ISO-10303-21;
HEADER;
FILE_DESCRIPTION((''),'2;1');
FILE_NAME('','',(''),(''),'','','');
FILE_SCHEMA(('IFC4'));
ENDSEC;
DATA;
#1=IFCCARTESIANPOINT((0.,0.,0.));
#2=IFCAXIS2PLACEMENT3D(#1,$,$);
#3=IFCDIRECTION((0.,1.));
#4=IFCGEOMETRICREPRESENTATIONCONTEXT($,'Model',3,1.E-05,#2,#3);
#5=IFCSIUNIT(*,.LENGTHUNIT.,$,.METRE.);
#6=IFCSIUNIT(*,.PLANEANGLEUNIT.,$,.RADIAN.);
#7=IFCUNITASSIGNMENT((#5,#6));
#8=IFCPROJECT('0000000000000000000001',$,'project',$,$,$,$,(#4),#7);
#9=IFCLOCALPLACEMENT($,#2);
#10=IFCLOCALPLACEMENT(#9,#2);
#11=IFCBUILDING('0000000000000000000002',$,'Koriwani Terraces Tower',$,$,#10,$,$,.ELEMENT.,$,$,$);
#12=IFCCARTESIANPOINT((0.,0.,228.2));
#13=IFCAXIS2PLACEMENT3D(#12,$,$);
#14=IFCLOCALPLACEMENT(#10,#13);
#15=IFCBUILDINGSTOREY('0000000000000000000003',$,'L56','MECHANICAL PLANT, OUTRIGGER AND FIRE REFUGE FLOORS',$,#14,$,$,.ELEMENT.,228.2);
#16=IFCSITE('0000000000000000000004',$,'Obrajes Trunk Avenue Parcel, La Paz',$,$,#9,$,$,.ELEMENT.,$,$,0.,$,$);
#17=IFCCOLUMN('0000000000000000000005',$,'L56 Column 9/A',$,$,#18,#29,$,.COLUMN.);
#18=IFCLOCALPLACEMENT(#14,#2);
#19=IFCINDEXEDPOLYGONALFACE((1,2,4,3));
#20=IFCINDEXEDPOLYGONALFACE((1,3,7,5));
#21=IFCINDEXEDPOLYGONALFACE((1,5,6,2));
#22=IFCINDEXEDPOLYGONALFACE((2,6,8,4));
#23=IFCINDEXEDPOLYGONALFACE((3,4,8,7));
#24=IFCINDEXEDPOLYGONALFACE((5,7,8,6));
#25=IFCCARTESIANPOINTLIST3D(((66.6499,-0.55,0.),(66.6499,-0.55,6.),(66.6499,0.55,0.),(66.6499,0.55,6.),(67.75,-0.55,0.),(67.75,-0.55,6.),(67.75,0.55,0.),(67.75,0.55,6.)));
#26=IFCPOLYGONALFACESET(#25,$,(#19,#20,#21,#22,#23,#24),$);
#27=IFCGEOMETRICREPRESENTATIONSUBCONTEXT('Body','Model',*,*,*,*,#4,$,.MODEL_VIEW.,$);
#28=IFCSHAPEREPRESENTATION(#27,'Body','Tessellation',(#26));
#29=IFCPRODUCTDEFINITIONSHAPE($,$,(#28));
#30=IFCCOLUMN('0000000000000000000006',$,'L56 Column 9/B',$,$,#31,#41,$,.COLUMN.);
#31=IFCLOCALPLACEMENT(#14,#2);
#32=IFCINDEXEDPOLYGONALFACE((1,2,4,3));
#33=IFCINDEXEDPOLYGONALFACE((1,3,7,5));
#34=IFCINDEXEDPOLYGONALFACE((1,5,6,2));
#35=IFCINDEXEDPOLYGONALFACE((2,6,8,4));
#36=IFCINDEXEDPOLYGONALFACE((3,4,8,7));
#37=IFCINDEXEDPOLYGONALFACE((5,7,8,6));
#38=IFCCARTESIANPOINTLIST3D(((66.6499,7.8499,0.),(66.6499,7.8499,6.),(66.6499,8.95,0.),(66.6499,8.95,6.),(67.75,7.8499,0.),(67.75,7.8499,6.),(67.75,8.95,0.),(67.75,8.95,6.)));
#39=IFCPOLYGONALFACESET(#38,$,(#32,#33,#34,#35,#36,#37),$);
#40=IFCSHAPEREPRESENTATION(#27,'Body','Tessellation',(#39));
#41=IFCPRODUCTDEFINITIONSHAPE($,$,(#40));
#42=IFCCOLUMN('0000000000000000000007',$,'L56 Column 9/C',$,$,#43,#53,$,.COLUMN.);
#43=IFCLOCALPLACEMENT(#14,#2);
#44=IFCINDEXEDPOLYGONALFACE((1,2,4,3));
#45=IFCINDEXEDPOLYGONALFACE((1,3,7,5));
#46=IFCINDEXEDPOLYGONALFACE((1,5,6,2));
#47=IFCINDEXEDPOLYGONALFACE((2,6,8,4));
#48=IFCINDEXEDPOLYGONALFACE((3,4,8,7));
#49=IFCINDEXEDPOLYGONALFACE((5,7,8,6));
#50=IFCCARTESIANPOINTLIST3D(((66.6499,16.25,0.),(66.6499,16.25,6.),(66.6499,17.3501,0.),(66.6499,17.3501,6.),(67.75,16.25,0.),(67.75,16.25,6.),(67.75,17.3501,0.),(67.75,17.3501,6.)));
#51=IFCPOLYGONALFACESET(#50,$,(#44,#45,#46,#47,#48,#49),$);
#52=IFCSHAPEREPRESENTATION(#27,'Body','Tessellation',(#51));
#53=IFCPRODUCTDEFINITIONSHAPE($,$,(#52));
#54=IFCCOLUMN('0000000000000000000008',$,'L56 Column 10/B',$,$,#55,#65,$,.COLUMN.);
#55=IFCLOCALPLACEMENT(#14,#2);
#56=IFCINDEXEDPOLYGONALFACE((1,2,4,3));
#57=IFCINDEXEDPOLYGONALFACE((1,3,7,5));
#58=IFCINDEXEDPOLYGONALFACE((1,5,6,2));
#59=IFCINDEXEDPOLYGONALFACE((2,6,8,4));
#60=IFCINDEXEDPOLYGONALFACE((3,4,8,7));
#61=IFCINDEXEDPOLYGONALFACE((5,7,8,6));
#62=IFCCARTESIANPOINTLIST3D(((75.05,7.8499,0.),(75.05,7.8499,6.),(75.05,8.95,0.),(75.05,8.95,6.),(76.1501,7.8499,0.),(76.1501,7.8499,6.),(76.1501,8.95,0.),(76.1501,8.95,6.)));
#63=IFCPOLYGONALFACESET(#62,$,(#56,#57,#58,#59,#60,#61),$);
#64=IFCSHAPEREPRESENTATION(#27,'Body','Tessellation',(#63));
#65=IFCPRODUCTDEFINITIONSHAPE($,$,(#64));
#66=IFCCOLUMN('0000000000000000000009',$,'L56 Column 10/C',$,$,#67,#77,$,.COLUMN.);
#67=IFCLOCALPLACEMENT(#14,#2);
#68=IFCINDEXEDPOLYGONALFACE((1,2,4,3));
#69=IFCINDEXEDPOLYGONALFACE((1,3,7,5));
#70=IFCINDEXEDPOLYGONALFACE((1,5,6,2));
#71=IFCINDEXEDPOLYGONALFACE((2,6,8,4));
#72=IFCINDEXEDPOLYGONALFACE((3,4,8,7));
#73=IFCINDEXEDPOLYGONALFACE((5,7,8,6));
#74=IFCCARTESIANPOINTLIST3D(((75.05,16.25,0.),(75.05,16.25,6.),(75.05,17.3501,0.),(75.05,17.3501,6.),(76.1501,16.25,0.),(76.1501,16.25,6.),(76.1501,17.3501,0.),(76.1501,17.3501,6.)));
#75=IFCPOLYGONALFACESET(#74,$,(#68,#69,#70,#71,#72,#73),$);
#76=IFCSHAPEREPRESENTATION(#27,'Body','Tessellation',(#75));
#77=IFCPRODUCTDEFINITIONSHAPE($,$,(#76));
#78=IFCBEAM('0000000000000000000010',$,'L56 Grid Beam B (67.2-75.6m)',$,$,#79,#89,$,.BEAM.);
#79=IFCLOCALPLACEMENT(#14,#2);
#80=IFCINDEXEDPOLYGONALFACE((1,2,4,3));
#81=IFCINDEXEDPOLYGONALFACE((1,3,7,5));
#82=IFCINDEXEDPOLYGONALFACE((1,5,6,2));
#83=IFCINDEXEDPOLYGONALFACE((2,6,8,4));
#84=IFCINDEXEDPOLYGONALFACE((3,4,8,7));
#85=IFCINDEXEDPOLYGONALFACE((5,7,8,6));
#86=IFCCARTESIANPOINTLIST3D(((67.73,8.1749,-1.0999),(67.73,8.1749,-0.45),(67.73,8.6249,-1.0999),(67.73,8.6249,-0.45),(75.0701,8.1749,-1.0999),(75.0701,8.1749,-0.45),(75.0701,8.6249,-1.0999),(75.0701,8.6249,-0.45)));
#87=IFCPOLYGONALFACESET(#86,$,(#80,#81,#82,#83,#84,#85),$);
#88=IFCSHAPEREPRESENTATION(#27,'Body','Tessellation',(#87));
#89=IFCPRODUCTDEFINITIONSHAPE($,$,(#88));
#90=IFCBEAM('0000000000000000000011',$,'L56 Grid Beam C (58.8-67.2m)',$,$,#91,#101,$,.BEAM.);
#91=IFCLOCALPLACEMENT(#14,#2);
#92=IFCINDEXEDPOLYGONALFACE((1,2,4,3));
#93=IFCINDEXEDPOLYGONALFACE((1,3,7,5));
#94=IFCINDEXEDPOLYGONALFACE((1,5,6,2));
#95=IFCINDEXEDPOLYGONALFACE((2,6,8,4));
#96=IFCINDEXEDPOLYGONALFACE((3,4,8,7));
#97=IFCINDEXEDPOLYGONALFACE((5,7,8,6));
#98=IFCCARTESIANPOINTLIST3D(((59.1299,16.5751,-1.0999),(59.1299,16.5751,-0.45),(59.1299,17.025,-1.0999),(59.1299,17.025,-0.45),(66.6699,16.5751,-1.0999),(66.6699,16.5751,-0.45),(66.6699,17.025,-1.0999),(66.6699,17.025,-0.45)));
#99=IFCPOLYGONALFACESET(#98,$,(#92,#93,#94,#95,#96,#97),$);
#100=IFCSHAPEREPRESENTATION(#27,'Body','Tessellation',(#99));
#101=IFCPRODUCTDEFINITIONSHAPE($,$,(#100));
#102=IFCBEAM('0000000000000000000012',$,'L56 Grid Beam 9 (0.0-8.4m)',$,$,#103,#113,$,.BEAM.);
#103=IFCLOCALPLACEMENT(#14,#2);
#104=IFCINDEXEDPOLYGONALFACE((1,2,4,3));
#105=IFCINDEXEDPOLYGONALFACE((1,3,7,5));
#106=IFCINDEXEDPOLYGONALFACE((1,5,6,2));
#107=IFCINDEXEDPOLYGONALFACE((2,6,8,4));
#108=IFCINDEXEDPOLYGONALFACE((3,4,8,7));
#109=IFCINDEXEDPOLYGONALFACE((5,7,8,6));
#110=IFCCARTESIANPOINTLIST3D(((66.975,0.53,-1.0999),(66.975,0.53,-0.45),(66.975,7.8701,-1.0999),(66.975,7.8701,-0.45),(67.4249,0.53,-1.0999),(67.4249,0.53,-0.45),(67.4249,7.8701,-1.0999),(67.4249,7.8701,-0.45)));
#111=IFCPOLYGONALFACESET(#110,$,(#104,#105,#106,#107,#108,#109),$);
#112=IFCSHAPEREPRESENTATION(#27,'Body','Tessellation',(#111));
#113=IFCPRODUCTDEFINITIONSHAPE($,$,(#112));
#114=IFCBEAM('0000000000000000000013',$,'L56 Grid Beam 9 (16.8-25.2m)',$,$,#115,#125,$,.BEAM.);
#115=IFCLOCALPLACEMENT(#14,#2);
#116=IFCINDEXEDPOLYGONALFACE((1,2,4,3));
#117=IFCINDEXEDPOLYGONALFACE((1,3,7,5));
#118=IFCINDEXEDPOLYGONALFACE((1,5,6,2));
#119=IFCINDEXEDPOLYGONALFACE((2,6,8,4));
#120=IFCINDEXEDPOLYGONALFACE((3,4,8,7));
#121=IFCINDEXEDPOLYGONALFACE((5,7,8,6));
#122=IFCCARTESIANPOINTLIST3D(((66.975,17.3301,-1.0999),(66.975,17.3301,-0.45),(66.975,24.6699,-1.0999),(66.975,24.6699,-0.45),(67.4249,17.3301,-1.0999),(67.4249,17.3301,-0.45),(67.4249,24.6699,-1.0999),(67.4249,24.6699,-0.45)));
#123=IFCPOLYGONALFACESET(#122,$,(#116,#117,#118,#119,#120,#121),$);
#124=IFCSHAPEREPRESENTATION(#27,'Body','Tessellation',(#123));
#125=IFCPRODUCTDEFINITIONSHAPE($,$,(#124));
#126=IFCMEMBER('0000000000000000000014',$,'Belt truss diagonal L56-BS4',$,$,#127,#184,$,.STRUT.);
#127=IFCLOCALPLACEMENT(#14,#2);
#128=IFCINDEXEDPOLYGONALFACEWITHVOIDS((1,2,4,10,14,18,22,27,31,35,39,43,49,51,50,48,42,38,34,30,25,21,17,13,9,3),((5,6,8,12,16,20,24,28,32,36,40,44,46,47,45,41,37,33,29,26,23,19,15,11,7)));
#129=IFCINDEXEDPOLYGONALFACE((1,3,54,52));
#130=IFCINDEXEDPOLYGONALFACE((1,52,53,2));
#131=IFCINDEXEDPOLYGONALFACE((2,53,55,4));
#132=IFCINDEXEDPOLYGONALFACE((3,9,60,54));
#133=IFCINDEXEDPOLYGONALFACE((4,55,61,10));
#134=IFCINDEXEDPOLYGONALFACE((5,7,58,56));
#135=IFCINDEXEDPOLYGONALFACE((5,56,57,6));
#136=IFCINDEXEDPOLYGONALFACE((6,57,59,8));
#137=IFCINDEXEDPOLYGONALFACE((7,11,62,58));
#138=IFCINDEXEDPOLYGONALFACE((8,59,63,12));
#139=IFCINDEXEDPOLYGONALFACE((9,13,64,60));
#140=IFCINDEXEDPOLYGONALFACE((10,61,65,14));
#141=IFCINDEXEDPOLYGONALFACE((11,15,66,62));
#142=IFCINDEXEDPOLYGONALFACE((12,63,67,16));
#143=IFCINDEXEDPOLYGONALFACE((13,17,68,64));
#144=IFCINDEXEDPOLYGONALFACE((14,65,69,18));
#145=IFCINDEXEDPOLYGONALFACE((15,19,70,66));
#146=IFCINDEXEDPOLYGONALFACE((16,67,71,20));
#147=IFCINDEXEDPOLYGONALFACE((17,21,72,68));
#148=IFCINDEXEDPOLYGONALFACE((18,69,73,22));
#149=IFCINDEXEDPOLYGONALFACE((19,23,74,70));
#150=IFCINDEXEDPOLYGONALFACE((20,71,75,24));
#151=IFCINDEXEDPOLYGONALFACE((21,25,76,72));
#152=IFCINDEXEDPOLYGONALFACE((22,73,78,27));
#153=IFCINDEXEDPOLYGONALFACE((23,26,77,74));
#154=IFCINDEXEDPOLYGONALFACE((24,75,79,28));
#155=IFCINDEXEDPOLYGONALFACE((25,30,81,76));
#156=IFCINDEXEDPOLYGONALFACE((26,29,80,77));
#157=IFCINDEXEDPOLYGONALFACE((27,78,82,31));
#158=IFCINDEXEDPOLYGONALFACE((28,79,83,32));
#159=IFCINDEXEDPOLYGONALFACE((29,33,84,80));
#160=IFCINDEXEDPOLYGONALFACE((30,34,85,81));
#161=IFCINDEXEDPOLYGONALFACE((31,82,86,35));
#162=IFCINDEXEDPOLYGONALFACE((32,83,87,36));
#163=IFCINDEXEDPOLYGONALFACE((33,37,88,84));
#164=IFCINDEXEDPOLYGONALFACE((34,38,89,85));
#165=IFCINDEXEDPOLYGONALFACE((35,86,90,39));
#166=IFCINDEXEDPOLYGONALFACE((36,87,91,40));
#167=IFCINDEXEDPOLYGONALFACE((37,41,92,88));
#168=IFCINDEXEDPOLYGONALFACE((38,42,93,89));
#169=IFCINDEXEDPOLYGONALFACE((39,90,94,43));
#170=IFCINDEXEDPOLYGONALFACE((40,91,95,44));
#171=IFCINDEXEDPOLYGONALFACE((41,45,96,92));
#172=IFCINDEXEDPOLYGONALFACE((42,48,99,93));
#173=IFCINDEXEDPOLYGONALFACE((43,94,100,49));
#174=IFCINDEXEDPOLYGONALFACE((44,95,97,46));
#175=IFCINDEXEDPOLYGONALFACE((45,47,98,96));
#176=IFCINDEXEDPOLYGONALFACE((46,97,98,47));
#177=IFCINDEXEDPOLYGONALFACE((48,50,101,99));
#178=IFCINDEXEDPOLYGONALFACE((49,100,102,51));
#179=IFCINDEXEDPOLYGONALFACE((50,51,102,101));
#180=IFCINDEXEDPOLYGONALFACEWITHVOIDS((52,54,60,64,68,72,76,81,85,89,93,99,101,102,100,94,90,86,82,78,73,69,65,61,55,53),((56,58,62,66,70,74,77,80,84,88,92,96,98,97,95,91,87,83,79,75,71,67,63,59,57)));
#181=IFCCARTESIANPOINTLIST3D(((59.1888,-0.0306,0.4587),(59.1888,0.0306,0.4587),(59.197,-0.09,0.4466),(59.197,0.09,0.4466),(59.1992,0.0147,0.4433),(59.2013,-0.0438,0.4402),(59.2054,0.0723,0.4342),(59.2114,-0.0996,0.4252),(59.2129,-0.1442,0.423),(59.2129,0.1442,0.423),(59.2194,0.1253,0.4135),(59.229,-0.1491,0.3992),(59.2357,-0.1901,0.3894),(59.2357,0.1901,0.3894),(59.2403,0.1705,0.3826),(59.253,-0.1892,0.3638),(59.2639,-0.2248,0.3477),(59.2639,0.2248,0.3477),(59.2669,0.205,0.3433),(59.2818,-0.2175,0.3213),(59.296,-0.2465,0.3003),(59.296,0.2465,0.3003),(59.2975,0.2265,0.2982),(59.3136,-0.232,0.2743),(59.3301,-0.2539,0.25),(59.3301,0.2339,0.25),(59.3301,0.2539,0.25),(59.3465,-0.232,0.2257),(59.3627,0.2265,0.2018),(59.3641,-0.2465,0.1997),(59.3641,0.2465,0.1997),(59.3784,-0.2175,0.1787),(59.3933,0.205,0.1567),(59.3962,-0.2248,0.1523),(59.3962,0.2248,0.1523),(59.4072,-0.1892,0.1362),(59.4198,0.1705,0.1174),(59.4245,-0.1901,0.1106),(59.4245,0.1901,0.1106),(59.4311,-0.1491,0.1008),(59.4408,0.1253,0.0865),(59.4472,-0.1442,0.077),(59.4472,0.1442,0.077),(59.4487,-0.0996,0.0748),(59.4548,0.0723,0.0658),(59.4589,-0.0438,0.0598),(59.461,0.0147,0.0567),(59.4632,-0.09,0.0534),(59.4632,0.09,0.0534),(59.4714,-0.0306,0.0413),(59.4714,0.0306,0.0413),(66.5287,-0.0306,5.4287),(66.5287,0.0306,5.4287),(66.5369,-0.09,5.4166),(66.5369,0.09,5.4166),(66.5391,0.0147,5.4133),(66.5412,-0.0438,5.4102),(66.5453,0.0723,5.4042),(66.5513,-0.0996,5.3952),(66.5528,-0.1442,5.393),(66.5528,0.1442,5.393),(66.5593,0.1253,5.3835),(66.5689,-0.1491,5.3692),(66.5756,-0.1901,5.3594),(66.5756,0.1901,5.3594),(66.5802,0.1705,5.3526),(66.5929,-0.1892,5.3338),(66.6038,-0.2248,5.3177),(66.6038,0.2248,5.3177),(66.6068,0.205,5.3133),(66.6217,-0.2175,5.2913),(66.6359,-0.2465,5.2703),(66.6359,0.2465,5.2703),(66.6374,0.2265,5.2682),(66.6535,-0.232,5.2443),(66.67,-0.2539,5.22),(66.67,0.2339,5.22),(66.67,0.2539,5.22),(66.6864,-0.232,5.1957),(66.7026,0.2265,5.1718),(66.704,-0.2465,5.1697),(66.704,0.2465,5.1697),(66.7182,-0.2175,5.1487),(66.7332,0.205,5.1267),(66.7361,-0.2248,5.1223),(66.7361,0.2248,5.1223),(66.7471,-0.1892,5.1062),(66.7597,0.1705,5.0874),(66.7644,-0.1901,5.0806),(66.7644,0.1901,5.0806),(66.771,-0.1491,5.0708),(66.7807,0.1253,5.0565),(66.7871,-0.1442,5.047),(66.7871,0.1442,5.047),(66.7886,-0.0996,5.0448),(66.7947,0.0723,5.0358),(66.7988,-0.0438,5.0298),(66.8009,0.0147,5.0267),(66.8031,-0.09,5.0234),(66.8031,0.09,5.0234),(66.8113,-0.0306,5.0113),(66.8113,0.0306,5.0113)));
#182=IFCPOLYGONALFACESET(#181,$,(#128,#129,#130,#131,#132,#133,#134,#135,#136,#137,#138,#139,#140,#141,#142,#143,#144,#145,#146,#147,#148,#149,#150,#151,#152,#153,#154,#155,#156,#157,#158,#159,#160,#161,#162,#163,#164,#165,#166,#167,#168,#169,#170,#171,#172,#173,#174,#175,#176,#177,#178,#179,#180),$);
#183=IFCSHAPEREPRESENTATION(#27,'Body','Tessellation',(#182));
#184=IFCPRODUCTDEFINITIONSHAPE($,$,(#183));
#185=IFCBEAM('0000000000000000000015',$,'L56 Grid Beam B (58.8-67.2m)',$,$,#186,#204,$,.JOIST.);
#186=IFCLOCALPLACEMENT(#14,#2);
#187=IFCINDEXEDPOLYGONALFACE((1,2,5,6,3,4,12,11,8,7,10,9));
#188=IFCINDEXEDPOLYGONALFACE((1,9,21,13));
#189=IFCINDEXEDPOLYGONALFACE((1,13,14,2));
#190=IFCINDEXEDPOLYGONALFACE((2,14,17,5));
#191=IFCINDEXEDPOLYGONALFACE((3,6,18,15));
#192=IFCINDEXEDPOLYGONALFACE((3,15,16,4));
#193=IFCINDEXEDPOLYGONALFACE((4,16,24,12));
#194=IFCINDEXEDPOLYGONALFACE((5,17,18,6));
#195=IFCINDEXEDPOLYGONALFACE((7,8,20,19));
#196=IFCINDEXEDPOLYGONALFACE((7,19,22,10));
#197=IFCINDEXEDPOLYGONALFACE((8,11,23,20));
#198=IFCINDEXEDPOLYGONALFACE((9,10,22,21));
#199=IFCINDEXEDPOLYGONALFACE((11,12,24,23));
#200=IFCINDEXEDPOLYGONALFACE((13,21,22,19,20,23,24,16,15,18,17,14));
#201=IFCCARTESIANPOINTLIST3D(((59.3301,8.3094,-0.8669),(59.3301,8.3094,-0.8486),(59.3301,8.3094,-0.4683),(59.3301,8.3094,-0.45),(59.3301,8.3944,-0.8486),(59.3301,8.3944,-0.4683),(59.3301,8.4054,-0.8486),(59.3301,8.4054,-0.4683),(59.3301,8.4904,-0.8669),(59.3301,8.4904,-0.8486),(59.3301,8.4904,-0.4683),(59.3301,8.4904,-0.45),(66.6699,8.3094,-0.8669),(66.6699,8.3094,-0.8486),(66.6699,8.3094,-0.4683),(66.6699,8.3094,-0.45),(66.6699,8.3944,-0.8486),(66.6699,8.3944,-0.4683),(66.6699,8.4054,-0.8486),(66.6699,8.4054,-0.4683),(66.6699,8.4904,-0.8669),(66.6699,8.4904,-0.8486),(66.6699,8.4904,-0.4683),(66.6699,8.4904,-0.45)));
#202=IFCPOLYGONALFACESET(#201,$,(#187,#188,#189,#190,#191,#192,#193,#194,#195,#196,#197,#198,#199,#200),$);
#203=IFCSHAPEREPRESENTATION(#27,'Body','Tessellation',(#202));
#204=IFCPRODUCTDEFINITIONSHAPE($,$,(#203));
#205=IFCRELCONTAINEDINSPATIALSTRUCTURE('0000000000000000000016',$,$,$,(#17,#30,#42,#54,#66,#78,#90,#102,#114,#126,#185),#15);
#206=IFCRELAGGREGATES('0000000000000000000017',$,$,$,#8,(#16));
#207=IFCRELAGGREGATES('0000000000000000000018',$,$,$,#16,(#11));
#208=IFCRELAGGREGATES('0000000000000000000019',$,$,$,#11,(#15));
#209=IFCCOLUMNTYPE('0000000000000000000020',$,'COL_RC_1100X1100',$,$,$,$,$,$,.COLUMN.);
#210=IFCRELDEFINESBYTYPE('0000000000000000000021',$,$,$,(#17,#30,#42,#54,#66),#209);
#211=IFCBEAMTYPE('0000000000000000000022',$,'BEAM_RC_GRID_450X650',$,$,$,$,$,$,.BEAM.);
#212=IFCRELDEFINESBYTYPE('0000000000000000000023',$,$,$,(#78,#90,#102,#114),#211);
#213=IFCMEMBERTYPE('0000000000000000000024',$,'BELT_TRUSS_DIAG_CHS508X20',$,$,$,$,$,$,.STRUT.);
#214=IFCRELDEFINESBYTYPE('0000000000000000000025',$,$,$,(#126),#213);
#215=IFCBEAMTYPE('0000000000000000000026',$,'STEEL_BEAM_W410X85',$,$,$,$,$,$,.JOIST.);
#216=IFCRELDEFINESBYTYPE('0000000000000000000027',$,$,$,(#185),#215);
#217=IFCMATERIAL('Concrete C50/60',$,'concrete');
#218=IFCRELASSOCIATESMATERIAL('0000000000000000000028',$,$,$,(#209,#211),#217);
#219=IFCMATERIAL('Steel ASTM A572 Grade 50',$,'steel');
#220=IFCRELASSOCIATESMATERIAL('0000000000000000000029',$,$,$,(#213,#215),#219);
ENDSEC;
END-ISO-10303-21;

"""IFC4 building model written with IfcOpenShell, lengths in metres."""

from ifc_helpers import new_model, si_unit, direction, frame, origin, origin_2d, place, context, subcontext, project, spatial, rectangle, hollow_circle, i_section, extrude, material, material_profile, profile_set, type_object, element, save


model = new_model("IFC4")

# Units and contexts
model_context = context("Model", 3, precision=1e-05, world=origin(), true_north=direction((0.0, 1.0)))
body_context = subcontext(model_context, "Body", "Model", "MODEL_VIEW")
ifc_project = project(units=[si_unit("LENGTHUNIT", "METRE"), si_unit("PLANEANGLEUNIT", "RADIAN")], contexts=[model_context])

# Site, building, storey
site_placement = place(None, origin())
site = spatial("IfcSite", under=ifc_project, at=site_placement, Name="Obrajes Trunk Avenue Parcel, La Paz", CompositionType="ELEMENT", RefElevation=0.0)
building_placement = place(site_placement, origin())
building = spatial("IfcBuilding", under=site, at=building_placement, Name="Koriwani Terraces Tower", CompositionType="ELEMENT")
storey_placement = place(building_placement, frame((0.0, 0.0, 228.2)))
storey = spatial("IfcBuildingStorey", under=building, at=storey_placement, Name="L56", Description="MECHANICAL PLANT, OUTRIGGER AND FIRE REFUGE FLOORS", CompositionType="ELEMENT", Elevation=228.2)

# Columns
ifc_material_1 = material(Name="Concrete C50/60", Category="concrete")
ifc_material_profile_1 = material_profile(ifc_material_1, rectangle(XDim=1.1001, YDim=1.1001, at=origin_2d()), Name="Concrete C50/60", Category="LoadBearing")
ifc_profile_set_1 = profile_set([ifc_material_profile_1], Name="Concrete C50/60")
column_type = type_object("IfcColumnType", Name="COL_RC_1100X1100", PredefinedType="COLUMN", material=ifc_profile_set_1)
for number, where, z_axis, x_axis, name in (
    (1, (67.2, 0.0, 0.0), (0.0, 0.0, 1.0), (1.0, 0.0, 0.0), "L56 Column 9/A"),
    (2, (67.2, 8.3999, 0.0), (0.0, 0.0, 1.0), (1.0, 0.0, 0.0), "L56 Column 9/B"),
    (3, (67.2, 16.8, 0.0), (0.0, 0.0, 1.0), (1.0, 0.0, 0.0), "L56 Column 9/C"),
    (4, (75.6001, 8.3999, 0.0), (0.0, 0.0, 1.0), (1.0, 0.0, 0.0), "L56 Column 10/B"),
    (5, (75.6001, 16.8, 0.0), (0.0, 0.0, 1.0), (1.0, 0.0, 0.0), "L56 Column 10/C"),
):
    element("IfcColumn", number, at=place(storey_placement, frame(where, z_axis=z_axis, x_axis=x_axis)), inside=storey, type_object=column_type, Name=name, PredefinedType="COLUMN", context=body_context, shape_type="SweptSolid", body=[
        extrude(rectangle(XDim=1.1001, YDim=1.1001, at=origin_2d()), origin(), (0.0, 0.0, 1.0), 6.0),
    ])

# Beams
ifc_material_profile_2 = material_profile(ifc_material_1, rectangle(XDim=0.45, YDim=0.6499, at=origin_2d()), Name="Concrete C50/60", Category="LoadBearing")
ifc_profile_set_2 = profile_set([ifc_material_profile_2], Name="Concrete C50/60")
beam_type_1 = type_object("IfcBeamType", Name="BEAM_RC_GRID_450X650", PredefinedType="BEAM", material=ifc_profile_set_2)
beam_1_placement = place(storey_placement, frame((67.73, 8.3999, -0.7749), z_axis=(1.0, 0.0, 0.0), x_axis=(0.0, 1.0, 0.0)))
element("IfcBeam", 6, at=beam_1_placement, inside=storey, type_object=beam_type_1, Name="L56 Grid Beam B (67.2-75.6m)", PredefinedType="BEAM", context=body_context, shape_type="SweptSolid", body=[
    extrude(rectangle(XDim=0.45, YDim=0.6499, at=origin_2d()), origin(), (0.0, 0.0, 1.0), 7.3401),
])
beam_2_placement = place(storey_placement, frame((59.1299, 16.8, -0.7749), z_axis=(1.0, 0.0, 0.0), x_axis=(0.0, 1.0, 0.0)))
element("IfcBeam", 7, at=beam_2_placement, inside=storey, type_object=beam_type_1, Name="L56 Grid Beam C (58.8-67.2m)", PredefinedType="BEAM", context=body_context, shape_type="SweptSolid", body=[
    extrude(rectangle(XDim=0.45, YDim=0.6499, at=origin_2d()), origin(), (0.0, 0.0, 1.0), 7.54),
])
beam_3_placement = place(storey_placement, frame((67.2, 0.53, -0.7749), z_axis=(0.0, 1.0, 0.0), x_axis=(-1.0, 0.0, 0.0)))
element("IfcBeam", 8, at=beam_3_placement, inside=storey, type_object=beam_type_1, Name="L56 Grid Beam 9 (0.0-8.4m)", PredefinedType="BEAM", context=body_context, shape_type="SweptSolid", body=[
    extrude(rectangle(XDim=0.45, YDim=0.6499, at=origin_2d()), origin(), (0.0, 0.0, 1.0), 7.3401),
])
beam_4_placement = place(storey_placement, frame((67.2, 17.3301, -0.7749), z_axis=(0.0, 1.0, 0.0), x_axis=(-1.0, 0.0, 0.0)))
element("IfcBeam", 9, at=beam_4_placement, inside=storey, type_object=beam_type_1, Name="L56 Grid Beam 9 (16.8-25.2m)", PredefinedType="BEAM", context=body_context, shape_type="SweptSolid", body=[
    extrude(rectangle(XDim=0.45, YDim=0.6499, at=origin_2d()), origin(), (0.0, 0.0, 1.0), 7.3398),
])

# Member
ifc_material_2 = material(Name="Steel ASTM A572 Grade 50", Category="steel")
ifc_material_profile_3 = material_profile(ifc_material_2, hollow_circle(Radius=0.2539, WallThickness=0.02, at=origin_2d()), Name="Steel ASTM A572 Grade 50", Category="LoadBearing")
ifc_profile_set_3 = profile_set([ifc_material_profile_3], Name="Steel ASTM A572 Grade 50")
member_type = type_object("IfcMemberType", Name="BELT_TRUSS_DIAG_CHS508X20", PredefinedType="STRUT", material=ifc_profile_set_3)
member_placement = place(storey_placement, frame((59.3301, 0.0, 0.25), z_axis=(0.828033, 0.0, 0.560679), x_axis=(0.0, 1.0, 0.0)))
element("IfcMember", 10, at=member_placement, inside=storey, type_object=member_type, Name="Belt truss diagonal L56-BS4", PredefinedType="STRUT", context=body_context, shape_type="SweptSolid", body=[
    extrude(hollow_circle(Radius=0.2539, WallThickness=0.02, at=origin_2d()), origin(), (0.0, 0.0, 1.0), 8.8643),
])

# Beam
ifc_material_profile_4 = material_profile(ifc_material_2, i_section(OverallWidth=0.1809, OverallDepth=0.417, WebThickness=0.011, FlangeThickness=0.0183, at=origin_2d()), Name="Steel ASTM A572 Grade 50", Category="LoadBearing")
ifc_profile_set_4 = profile_set([ifc_material_profile_4], Name="Steel ASTM A572 Grade 50")
beam_type_2 = type_object("IfcBeamType", Name="STEEL_BEAM_W410X85", PredefinedType="JOIST", material=ifc_profile_set_4)
beam_5_placement = place(storey_placement, frame((59.3301, 8.3999, -0.6584), z_axis=(1.0, 0.0, 0.0), x_axis=(0.0, 1.0, 0.0)))
element("IfcBeam", 11, at=beam_5_placement, inside=storey, type_object=beam_type_2, Name="L56 Grid Beam B (58.8-67.2m)", PredefinedType="JOIST", context=body_context, shape_type="SweptSolid", body=[
    extrude(i_section(OverallWidth=0.1809, OverallDepth=0.417, WebThickness=0.011, FlangeThickness=0.0183, at=origin_2d()), origin(), (0.0, 0.0, 1.0), 7.3398),
])

save(model, "model.ifc")
